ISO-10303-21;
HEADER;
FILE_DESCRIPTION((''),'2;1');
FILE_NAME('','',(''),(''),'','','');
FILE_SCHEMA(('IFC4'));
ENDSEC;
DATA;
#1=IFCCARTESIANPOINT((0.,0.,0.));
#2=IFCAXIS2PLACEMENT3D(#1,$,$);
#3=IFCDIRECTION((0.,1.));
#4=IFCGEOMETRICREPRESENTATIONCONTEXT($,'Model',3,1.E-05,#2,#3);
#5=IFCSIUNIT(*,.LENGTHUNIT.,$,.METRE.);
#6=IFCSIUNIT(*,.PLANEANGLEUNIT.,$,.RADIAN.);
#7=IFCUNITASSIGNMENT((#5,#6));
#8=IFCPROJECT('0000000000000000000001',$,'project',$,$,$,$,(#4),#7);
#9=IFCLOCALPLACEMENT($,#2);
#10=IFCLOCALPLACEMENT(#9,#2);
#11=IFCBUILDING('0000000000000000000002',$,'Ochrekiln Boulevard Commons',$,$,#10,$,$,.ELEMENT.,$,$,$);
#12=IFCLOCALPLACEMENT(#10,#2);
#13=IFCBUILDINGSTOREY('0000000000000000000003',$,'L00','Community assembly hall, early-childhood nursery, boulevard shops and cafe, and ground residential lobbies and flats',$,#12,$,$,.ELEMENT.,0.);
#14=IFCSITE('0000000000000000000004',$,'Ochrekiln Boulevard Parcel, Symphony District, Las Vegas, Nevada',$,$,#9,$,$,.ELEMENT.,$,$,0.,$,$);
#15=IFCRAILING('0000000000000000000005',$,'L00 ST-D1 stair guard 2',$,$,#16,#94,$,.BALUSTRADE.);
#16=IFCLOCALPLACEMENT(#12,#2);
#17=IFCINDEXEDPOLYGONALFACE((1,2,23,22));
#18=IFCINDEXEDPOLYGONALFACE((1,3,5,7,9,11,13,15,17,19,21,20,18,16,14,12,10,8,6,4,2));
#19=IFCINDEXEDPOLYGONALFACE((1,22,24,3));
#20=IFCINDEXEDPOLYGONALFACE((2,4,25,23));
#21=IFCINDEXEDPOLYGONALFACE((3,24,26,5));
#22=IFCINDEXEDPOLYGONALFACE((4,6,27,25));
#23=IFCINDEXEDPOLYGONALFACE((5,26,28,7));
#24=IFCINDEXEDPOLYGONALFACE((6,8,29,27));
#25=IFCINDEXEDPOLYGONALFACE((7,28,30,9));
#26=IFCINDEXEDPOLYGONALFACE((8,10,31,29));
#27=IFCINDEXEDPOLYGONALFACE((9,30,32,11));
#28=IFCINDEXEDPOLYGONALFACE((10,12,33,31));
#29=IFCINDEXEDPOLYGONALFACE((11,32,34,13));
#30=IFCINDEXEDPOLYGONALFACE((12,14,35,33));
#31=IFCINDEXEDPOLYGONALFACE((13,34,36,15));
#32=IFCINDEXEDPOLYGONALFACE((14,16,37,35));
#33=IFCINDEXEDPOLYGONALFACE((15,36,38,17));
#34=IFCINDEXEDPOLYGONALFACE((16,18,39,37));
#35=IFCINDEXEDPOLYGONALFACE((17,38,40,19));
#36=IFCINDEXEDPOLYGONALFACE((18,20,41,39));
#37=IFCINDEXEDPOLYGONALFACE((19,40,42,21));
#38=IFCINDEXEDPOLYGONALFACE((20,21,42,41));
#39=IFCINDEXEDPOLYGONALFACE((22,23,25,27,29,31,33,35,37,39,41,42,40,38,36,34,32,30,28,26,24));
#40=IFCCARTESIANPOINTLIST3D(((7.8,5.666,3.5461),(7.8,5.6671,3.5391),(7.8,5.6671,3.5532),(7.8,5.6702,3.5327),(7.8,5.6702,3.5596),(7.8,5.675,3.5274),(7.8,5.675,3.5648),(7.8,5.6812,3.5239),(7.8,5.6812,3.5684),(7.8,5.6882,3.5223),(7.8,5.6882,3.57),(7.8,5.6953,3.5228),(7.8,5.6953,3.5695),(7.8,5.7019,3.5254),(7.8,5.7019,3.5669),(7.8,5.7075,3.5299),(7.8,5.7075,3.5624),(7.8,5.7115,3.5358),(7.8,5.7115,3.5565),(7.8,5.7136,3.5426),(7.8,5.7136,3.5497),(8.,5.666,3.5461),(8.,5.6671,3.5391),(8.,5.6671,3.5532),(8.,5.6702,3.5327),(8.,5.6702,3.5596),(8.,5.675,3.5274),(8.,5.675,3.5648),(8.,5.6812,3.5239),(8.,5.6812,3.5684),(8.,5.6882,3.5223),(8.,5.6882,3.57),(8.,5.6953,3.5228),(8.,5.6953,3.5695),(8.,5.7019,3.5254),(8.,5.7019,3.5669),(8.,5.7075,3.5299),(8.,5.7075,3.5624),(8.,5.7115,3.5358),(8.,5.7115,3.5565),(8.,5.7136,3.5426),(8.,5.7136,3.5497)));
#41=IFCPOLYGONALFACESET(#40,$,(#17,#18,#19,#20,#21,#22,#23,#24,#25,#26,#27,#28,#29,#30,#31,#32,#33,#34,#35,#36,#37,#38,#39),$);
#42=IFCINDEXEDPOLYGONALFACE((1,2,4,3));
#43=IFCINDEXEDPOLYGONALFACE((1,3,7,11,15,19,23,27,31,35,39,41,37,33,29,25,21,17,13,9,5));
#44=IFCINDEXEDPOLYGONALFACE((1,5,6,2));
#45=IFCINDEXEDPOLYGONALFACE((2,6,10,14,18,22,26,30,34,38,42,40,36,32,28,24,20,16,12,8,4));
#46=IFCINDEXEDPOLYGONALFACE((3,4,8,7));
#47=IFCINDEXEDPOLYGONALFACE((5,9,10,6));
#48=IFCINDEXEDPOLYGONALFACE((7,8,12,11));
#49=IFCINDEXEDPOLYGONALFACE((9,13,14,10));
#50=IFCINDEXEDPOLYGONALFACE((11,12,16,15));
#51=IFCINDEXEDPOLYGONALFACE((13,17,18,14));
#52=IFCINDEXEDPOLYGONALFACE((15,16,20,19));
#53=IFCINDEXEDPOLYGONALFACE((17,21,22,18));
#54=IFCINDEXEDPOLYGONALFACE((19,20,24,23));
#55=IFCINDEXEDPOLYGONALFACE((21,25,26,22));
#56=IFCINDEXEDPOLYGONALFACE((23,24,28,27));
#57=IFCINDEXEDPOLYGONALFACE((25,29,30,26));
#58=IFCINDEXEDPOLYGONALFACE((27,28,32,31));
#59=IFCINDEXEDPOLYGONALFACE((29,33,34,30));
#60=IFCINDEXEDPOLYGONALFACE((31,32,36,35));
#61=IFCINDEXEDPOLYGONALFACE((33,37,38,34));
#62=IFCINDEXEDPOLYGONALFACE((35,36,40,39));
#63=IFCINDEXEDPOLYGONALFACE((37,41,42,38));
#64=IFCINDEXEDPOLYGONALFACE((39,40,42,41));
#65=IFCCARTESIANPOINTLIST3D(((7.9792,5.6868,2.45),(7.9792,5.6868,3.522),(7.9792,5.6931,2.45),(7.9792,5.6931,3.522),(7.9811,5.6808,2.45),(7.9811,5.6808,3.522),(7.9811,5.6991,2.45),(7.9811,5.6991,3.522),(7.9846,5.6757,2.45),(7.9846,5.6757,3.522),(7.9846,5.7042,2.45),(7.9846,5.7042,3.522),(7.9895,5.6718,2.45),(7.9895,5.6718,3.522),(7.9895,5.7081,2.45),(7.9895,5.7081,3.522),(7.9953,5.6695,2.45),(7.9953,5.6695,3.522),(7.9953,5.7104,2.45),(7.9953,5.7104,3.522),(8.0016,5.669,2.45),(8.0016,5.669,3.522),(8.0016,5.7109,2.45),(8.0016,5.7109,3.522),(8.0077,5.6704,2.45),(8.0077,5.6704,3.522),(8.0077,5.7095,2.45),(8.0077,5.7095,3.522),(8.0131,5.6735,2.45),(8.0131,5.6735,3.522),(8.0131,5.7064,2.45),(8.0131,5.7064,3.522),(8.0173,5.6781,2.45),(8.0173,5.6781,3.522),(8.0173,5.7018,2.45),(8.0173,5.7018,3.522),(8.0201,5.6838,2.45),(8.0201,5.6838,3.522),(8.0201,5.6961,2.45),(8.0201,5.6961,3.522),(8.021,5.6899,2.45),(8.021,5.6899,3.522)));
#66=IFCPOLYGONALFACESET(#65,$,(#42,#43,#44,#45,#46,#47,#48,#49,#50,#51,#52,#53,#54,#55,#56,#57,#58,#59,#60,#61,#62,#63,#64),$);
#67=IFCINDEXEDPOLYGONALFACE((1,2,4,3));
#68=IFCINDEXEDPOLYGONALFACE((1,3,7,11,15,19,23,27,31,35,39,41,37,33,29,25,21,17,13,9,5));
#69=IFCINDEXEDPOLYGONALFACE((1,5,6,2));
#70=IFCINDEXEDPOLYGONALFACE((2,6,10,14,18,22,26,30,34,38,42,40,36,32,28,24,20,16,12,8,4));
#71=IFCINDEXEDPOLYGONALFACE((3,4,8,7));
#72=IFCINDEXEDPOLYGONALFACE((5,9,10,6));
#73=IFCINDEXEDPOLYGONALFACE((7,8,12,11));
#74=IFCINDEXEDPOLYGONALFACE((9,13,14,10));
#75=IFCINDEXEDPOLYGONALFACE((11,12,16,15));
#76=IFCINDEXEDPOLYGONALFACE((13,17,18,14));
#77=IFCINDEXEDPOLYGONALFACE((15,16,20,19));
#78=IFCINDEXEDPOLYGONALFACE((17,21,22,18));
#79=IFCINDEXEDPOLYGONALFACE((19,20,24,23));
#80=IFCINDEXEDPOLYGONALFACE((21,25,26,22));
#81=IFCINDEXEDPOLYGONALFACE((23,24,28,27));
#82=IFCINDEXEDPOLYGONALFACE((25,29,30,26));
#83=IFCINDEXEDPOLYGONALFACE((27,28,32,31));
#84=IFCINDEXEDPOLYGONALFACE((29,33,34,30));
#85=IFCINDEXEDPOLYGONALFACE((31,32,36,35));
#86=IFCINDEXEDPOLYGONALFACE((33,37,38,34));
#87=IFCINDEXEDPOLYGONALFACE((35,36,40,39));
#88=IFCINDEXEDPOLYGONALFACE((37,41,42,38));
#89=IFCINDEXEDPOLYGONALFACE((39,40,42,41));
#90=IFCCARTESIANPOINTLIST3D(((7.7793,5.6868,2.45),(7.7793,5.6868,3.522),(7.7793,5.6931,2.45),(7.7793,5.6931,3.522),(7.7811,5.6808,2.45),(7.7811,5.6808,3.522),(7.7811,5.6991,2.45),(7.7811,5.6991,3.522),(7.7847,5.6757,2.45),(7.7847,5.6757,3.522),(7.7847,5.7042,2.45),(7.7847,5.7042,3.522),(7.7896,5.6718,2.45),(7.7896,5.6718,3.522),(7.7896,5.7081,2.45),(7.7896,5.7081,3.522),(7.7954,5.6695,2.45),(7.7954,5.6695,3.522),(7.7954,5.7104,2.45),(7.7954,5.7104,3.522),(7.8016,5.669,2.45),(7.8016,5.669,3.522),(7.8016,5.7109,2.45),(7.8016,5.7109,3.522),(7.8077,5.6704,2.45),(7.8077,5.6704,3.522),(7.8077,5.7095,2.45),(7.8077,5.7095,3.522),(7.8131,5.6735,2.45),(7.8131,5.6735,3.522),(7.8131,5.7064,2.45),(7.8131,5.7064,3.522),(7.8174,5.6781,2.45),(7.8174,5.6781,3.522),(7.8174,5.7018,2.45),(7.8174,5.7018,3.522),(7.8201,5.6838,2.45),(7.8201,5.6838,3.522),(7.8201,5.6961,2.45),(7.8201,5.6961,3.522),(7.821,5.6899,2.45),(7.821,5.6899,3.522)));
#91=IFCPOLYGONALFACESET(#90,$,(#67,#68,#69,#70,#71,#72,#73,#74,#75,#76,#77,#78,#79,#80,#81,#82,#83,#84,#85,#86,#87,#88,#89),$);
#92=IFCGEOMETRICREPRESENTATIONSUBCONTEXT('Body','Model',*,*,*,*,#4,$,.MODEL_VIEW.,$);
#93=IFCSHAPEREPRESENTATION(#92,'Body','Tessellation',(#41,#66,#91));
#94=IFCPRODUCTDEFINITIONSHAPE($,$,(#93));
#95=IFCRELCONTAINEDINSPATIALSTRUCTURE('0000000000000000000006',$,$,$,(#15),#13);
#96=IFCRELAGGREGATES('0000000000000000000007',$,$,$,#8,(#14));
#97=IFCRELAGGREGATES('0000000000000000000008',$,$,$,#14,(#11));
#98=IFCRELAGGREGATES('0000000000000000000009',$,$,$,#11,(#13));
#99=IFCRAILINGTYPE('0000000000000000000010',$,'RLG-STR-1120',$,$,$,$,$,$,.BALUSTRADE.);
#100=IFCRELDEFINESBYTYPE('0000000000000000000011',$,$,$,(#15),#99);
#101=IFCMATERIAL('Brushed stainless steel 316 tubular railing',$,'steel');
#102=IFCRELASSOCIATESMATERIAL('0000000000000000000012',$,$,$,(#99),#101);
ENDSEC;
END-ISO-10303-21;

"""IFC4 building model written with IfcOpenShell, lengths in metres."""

from ifc_helpers import new_model, si_unit, direction, frame, origin, origin_2d, place, context, subcontext, project, spatial, circle, extrude, material, type_object, element, save


model = new_model("IFC4")

# Units and contexts
model_context = context("Model", 3, precision=1e-05, world=origin(), true_north=direction((0.0, 1.0)))
body_context = subcontext(model_context, "Body", "Model", "MODEL_VIEW")
ifc_project = project(units=[si_unit("LENGTHUNIT", "METRE"), si_unit("PLANEANGLEUNIT", "RADIAN")], contexts=[model_context])

# Site, building, storey
site_placement = place(None, origin())
site = spatial("IfcSite", under=ifc_project, at=site_placement, Name="Ochrekiln Boulevard Parcel, Symphony District, Las Vegas, Nevada", CompositionType="ELEMENT", RefElevation=0.0)
building_placement = place(site_placement, origin())
building = spatial("IfcBuilding", under=site, at=building_placement, Name="Ochrekiln Boulevard Commons", CompositionType="ELEMENT")
storey_placement = place(building_placement, origin())
storey = spatial("IfcBuildingStorey", under=building, at=storey_placement, Name="L00", Description="Community assembly hall, early-childhood nursery, boulevard shops and cafe, and ground residential lobbies and flats", CompositionType="ELEMENT", Elevation=0.0)

# Railing
ifc_material_1 = material(Name="Brushed stainless steel 316 tubular railing", Category="steel")
railing_type_1 = type_object("IfcRailingType", Name="RLG-STR-1120", PredefinedType="BALUSTRADE", material=ifc_material_1)
railing_1_placement = place(storey_placement, frame((8.0, 5.6899, 2.45)))
element("IfcRailing", 1, at=railing_1_placement, inside=storey, type_object=railing_type_1, Name="L00 ST-D1 stair guard 2", PredefinedType="BALUSTRADE", context=body_context, shape_type="SweptSolid", body=[
    extrude(circle(Radius=0.0239, at=origin_2d()), frame((0.0, 0.0, 1.0962), z_axis=(-1.0, 0.0, 0.0), x_axis=(0.0, -1.0, 0.0)), (0.0, 0.0, 1.0), 0.2),
    extrude(circle(Radius=0.021, at=origin_2d()), origin(), (0.0, 0.0, 1.0), 1.072),
    extrude(circle(Radius=0.021, at=origin_2d()), frame((-0.2, 0.0, 0.0)), (0.0, 0.0, 1.0), 1.072),
])

save(model, "model.ifc")
